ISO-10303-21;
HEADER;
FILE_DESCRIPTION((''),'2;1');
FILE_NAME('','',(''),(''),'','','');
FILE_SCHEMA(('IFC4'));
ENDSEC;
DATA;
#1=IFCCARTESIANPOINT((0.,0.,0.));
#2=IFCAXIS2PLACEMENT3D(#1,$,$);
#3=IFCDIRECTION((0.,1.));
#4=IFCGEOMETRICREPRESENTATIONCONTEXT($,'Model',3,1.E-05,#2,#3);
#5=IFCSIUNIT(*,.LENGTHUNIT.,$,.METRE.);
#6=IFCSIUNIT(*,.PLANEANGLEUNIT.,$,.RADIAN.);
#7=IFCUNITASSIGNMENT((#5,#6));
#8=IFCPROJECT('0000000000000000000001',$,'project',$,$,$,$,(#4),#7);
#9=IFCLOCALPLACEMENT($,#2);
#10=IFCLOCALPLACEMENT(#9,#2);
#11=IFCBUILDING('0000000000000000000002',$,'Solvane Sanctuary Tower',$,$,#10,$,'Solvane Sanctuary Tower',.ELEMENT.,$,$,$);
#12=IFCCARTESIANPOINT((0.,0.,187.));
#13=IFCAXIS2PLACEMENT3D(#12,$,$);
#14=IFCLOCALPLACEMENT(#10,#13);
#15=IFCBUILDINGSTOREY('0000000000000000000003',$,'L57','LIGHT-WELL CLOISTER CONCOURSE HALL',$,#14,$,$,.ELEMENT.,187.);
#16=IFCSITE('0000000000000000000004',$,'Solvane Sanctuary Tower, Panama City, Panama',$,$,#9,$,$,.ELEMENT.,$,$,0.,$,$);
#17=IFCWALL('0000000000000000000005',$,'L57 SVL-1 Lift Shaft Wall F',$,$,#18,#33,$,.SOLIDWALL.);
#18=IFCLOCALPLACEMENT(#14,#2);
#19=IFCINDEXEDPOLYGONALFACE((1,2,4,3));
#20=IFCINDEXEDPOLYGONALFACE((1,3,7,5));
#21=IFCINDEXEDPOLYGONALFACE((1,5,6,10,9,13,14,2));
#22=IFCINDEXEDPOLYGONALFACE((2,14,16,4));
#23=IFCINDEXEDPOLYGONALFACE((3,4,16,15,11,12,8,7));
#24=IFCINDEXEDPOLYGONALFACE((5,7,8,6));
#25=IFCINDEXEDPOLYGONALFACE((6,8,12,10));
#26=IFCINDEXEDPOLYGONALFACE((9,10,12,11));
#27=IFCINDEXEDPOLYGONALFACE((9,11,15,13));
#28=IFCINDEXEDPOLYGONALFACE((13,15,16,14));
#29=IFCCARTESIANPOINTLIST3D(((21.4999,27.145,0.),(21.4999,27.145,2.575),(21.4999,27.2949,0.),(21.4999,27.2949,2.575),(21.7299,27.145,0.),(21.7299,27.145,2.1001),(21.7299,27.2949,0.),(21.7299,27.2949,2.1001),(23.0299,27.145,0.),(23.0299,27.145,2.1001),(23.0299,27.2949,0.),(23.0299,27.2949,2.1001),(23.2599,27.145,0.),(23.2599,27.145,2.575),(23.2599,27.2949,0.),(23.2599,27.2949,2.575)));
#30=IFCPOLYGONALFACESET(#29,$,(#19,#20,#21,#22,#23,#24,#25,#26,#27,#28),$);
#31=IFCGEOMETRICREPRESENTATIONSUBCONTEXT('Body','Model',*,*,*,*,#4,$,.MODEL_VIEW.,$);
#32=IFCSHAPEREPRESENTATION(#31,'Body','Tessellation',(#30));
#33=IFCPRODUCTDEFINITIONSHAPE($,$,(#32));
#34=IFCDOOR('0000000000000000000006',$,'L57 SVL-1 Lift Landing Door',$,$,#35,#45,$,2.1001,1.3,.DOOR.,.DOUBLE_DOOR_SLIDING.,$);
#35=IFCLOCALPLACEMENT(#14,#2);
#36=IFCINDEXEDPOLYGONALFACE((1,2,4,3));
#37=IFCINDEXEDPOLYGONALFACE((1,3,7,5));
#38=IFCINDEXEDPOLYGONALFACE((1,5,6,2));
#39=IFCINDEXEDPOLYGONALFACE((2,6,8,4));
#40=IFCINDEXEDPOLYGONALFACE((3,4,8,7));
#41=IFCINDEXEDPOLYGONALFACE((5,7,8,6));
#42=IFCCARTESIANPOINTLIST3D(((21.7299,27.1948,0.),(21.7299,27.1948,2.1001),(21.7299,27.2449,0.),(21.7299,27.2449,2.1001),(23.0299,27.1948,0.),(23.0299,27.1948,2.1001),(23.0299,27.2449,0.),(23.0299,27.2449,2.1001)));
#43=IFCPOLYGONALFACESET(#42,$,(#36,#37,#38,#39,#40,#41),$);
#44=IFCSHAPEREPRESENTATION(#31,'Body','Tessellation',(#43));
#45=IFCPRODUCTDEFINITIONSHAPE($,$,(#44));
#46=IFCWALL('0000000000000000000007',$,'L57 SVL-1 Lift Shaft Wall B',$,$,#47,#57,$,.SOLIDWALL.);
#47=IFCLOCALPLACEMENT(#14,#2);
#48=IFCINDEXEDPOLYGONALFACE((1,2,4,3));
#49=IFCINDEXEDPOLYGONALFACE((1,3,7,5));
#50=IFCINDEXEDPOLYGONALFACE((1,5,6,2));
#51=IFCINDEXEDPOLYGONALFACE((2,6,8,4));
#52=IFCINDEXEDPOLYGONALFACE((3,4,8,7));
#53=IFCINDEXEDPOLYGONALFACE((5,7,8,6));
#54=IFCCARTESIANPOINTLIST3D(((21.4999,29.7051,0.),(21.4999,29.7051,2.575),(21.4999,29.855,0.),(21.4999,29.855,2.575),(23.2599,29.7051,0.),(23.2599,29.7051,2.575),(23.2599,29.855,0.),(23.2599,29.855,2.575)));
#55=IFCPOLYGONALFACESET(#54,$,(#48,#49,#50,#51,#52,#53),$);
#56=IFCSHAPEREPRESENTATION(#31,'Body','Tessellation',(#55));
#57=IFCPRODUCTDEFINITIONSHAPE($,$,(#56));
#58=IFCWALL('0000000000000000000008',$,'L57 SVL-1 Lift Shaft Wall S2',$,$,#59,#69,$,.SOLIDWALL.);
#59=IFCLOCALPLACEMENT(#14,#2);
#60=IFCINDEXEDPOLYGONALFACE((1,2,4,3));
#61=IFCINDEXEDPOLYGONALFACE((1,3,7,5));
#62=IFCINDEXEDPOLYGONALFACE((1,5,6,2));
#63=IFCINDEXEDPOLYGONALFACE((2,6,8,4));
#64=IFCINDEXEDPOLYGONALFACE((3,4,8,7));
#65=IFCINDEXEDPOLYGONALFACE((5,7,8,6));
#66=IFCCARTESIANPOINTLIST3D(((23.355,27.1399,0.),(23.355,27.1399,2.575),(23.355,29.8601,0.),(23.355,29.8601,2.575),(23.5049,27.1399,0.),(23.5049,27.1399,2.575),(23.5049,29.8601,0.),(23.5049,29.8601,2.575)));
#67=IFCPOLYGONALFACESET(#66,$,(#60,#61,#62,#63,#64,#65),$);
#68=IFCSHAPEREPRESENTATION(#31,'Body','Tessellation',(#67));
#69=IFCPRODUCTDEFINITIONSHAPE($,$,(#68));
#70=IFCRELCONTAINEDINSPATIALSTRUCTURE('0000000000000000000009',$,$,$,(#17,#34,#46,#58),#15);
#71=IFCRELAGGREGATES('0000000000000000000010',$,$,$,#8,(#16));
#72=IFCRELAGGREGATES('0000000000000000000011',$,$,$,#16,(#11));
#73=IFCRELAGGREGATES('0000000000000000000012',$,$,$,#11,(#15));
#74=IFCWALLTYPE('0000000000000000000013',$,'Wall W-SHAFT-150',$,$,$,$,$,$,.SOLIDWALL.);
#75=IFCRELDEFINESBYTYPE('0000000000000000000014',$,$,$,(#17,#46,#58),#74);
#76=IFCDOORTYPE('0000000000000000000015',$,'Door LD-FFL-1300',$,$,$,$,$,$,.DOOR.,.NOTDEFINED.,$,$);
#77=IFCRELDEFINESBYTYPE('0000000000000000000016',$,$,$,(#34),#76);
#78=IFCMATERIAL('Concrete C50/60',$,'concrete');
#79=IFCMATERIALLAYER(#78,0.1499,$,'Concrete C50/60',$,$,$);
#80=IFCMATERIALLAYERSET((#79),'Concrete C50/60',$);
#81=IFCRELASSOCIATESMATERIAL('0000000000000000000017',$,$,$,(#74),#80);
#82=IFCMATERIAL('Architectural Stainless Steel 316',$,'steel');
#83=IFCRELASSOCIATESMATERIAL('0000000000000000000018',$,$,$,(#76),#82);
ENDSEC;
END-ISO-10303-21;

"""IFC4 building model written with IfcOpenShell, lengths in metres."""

from ifc_helpers import new_model, si_unit, direction, frame, frame_2d, origin, place, context, subcontext, project, spatial, rectangle, extrude, material, layer, layer_set, type_object, element, fill, save


model = new_model("IFC4")

# Units and contexts
model_context = context("Model", 3, precision=1e-05, world=origin(), true_north=direction((0.0, 1.0)))
body_context = subcontext(model_context, "Body", "Model", "MODEL_VIEW")
ifc_project = project(units=[si_unit("LENGTHUNIT", "METRE"), si_unit("PLANEANGLEUNIT", "RADIAN")], contexts=[model_context])

# Site, building, storey
site_placement = place(None, origin())
site = spatial("IfcSite", under=ifc_project, at=site_placement, Name="Solvane Sanctuary Tower, Panama City, Panama", CompositionType="ELEMENT", RefElevation=0.0)
building_placement = place(site_placement, origin())
building = spatial("IfcBuilding", under=site, at=building_placement, Name="Solvane Sanctuary Tower", LongName="Solvane Sanctuary Tower", CompositionType="ELEMENT")
storey_placement = place(building_placement, frame((0.0, 0.0, 187.0)))
storey = spatial("IfcBuildingStorey", under=building, at=storey_placement, Name="L57", Description="LIGHT-WELL CLOISTER CONCOURSE HALL", CompositionType="ELEMENT", Elevation=187.0)

# Shared definitions
ifc_material_1 = material(Name="Concrete C50/60", Category="concrete")

# Shared definitions
ifc_material_2 = material(Name="Architectural Stainless Steel 316", Category="steel")

# Shared definitions
ifc_layer_1 = layer(ifc_material_1, 0.1499, Name="Concrete C50/60")
ifc_layer_set_1 = layer_set([ifc_layer_1], Name="Concrete C50/60")
wall_type_1 = type_object("IfcWallType", Name="Wall W-SHAFT-150", PredefinedType="SOLIDWALL", material=ifc_layer_set_1)

# Wall, opening, door
wall_1_placement = place(storey_placement, frame((21.5, 27.22, 0.0), z_axis=(0.0, 0.0, 1.0), x_axis=(1.0, 0.0, 0.0)))
wall_1 = element("IfcWall", 1, at=wall_1_placement, inside=storey, type_object=wall_type_1, Name="L57 SVL-1 Lift Shaft Wall F", PredefinedType="SOLIDWALL", context=body_context, shape_type="SweptSolid", body=[
    extrude(rectangle(XDim=1.76, YDim=0.1499, at=frame_2d((0.8799, 0.0))), origin(), (0.0, 0.0, 1.0), 2.575),
])
opening_1_placement = place(wall_1_placement, frame((0.23, 0.0, 0.0)))
opening_1 = element("IfcOpeningElement", 2, at=opening_1_placement, cuts=wall_1, PredefinedType="OPENING", context=body_context, shape_type="SweptSolid", body=[
    extrude(rectangle(XDim=1.3, YDim=2.1001, at=frame_2d((0.6499, 1.05))), frame((0.0, 0.085, 0.0), z_axis=(0.0, -1.0, 0.0), x_axis=(1.0, 0.0, 0.0)), (0.0, 0.0, 1.0), 0.1699),
])
door_type_1 = type_object("IfcDoorType", Name="Door LD-FFL-1300", OperationType="NOTDEFINED", PredefinedType="DOOR", material=ifc_material_2)
door_1_placement = place(opening_1_placement, origin())
door_1 = element("IfcDoor", 3, at=door_1_placement, inside=storey, type_object=door_type_1, Name="L57 SVL-1 Lift Landing Door", OperationType="DOUBLE_DOOR_SLIDING", OverallHeight=2.1001, OverallWidth=1.3, PredefinedType="DOOR", context=body_context, shape_type="SweptSolid", body=[
    extrude(rectangle(XDim=1.3, YDim=2.1001, at=frame_2d((0.6499, 1.05))), frame((0.0, 0.0249, 0.0), z_axis=(0.0, -1.0, 0.0), x_axis=(1.0, 0.0, 0.0)), (0.0, 0.0, 1.0), 0.05),
])
fill(opening_1, door_1)

# Walls
wall_2_placement = place(storey_placement, frame((21.5, 29.78, 0.0), z_axis=(0.0, 0.0, 1.0), x_axis=(1.0, 0.0, 0.0)))
element("IfcWall", 4, at=wall_2_placement, inside=storey, type_object=wall_type_1, Name="L57 SVL-1 Lift Shaft Wall B", PredefinedType="SOLIDWALL", context=body_context, shape_type="SweptSolid", body=[
    extrude(rectangle(XDim=1.76, YDim=0.1499, at=frame_2d((0.8799, 0.0))), origin(), (0.0, 0.0, 1.0), 2.575),
])
wall_3_placement = place(storey_placement, frame((23.4299, 27.1399, 0.0), z_axis=(0.0, 0.0, 1.0), x_axis=(0.0, 1.0, 0.0)))
element("IfcWall", 5, at=wall_3_placement, inside=storey, type_object=wall_type_1, Name="L57 SVL-1 Lift Shaft Wall S2", PredefinedType="SOLIDWALL", context=body_context, shape_type="SweptSolid", body=[
    extrude(rectangle(XDim=2.7202, YDim=0.1499, at=frame_2d((1.3601, 0.0))), origin(), (0.0, 0.0, 1.0), 2.575),
])

save(model, "model.ifc")
